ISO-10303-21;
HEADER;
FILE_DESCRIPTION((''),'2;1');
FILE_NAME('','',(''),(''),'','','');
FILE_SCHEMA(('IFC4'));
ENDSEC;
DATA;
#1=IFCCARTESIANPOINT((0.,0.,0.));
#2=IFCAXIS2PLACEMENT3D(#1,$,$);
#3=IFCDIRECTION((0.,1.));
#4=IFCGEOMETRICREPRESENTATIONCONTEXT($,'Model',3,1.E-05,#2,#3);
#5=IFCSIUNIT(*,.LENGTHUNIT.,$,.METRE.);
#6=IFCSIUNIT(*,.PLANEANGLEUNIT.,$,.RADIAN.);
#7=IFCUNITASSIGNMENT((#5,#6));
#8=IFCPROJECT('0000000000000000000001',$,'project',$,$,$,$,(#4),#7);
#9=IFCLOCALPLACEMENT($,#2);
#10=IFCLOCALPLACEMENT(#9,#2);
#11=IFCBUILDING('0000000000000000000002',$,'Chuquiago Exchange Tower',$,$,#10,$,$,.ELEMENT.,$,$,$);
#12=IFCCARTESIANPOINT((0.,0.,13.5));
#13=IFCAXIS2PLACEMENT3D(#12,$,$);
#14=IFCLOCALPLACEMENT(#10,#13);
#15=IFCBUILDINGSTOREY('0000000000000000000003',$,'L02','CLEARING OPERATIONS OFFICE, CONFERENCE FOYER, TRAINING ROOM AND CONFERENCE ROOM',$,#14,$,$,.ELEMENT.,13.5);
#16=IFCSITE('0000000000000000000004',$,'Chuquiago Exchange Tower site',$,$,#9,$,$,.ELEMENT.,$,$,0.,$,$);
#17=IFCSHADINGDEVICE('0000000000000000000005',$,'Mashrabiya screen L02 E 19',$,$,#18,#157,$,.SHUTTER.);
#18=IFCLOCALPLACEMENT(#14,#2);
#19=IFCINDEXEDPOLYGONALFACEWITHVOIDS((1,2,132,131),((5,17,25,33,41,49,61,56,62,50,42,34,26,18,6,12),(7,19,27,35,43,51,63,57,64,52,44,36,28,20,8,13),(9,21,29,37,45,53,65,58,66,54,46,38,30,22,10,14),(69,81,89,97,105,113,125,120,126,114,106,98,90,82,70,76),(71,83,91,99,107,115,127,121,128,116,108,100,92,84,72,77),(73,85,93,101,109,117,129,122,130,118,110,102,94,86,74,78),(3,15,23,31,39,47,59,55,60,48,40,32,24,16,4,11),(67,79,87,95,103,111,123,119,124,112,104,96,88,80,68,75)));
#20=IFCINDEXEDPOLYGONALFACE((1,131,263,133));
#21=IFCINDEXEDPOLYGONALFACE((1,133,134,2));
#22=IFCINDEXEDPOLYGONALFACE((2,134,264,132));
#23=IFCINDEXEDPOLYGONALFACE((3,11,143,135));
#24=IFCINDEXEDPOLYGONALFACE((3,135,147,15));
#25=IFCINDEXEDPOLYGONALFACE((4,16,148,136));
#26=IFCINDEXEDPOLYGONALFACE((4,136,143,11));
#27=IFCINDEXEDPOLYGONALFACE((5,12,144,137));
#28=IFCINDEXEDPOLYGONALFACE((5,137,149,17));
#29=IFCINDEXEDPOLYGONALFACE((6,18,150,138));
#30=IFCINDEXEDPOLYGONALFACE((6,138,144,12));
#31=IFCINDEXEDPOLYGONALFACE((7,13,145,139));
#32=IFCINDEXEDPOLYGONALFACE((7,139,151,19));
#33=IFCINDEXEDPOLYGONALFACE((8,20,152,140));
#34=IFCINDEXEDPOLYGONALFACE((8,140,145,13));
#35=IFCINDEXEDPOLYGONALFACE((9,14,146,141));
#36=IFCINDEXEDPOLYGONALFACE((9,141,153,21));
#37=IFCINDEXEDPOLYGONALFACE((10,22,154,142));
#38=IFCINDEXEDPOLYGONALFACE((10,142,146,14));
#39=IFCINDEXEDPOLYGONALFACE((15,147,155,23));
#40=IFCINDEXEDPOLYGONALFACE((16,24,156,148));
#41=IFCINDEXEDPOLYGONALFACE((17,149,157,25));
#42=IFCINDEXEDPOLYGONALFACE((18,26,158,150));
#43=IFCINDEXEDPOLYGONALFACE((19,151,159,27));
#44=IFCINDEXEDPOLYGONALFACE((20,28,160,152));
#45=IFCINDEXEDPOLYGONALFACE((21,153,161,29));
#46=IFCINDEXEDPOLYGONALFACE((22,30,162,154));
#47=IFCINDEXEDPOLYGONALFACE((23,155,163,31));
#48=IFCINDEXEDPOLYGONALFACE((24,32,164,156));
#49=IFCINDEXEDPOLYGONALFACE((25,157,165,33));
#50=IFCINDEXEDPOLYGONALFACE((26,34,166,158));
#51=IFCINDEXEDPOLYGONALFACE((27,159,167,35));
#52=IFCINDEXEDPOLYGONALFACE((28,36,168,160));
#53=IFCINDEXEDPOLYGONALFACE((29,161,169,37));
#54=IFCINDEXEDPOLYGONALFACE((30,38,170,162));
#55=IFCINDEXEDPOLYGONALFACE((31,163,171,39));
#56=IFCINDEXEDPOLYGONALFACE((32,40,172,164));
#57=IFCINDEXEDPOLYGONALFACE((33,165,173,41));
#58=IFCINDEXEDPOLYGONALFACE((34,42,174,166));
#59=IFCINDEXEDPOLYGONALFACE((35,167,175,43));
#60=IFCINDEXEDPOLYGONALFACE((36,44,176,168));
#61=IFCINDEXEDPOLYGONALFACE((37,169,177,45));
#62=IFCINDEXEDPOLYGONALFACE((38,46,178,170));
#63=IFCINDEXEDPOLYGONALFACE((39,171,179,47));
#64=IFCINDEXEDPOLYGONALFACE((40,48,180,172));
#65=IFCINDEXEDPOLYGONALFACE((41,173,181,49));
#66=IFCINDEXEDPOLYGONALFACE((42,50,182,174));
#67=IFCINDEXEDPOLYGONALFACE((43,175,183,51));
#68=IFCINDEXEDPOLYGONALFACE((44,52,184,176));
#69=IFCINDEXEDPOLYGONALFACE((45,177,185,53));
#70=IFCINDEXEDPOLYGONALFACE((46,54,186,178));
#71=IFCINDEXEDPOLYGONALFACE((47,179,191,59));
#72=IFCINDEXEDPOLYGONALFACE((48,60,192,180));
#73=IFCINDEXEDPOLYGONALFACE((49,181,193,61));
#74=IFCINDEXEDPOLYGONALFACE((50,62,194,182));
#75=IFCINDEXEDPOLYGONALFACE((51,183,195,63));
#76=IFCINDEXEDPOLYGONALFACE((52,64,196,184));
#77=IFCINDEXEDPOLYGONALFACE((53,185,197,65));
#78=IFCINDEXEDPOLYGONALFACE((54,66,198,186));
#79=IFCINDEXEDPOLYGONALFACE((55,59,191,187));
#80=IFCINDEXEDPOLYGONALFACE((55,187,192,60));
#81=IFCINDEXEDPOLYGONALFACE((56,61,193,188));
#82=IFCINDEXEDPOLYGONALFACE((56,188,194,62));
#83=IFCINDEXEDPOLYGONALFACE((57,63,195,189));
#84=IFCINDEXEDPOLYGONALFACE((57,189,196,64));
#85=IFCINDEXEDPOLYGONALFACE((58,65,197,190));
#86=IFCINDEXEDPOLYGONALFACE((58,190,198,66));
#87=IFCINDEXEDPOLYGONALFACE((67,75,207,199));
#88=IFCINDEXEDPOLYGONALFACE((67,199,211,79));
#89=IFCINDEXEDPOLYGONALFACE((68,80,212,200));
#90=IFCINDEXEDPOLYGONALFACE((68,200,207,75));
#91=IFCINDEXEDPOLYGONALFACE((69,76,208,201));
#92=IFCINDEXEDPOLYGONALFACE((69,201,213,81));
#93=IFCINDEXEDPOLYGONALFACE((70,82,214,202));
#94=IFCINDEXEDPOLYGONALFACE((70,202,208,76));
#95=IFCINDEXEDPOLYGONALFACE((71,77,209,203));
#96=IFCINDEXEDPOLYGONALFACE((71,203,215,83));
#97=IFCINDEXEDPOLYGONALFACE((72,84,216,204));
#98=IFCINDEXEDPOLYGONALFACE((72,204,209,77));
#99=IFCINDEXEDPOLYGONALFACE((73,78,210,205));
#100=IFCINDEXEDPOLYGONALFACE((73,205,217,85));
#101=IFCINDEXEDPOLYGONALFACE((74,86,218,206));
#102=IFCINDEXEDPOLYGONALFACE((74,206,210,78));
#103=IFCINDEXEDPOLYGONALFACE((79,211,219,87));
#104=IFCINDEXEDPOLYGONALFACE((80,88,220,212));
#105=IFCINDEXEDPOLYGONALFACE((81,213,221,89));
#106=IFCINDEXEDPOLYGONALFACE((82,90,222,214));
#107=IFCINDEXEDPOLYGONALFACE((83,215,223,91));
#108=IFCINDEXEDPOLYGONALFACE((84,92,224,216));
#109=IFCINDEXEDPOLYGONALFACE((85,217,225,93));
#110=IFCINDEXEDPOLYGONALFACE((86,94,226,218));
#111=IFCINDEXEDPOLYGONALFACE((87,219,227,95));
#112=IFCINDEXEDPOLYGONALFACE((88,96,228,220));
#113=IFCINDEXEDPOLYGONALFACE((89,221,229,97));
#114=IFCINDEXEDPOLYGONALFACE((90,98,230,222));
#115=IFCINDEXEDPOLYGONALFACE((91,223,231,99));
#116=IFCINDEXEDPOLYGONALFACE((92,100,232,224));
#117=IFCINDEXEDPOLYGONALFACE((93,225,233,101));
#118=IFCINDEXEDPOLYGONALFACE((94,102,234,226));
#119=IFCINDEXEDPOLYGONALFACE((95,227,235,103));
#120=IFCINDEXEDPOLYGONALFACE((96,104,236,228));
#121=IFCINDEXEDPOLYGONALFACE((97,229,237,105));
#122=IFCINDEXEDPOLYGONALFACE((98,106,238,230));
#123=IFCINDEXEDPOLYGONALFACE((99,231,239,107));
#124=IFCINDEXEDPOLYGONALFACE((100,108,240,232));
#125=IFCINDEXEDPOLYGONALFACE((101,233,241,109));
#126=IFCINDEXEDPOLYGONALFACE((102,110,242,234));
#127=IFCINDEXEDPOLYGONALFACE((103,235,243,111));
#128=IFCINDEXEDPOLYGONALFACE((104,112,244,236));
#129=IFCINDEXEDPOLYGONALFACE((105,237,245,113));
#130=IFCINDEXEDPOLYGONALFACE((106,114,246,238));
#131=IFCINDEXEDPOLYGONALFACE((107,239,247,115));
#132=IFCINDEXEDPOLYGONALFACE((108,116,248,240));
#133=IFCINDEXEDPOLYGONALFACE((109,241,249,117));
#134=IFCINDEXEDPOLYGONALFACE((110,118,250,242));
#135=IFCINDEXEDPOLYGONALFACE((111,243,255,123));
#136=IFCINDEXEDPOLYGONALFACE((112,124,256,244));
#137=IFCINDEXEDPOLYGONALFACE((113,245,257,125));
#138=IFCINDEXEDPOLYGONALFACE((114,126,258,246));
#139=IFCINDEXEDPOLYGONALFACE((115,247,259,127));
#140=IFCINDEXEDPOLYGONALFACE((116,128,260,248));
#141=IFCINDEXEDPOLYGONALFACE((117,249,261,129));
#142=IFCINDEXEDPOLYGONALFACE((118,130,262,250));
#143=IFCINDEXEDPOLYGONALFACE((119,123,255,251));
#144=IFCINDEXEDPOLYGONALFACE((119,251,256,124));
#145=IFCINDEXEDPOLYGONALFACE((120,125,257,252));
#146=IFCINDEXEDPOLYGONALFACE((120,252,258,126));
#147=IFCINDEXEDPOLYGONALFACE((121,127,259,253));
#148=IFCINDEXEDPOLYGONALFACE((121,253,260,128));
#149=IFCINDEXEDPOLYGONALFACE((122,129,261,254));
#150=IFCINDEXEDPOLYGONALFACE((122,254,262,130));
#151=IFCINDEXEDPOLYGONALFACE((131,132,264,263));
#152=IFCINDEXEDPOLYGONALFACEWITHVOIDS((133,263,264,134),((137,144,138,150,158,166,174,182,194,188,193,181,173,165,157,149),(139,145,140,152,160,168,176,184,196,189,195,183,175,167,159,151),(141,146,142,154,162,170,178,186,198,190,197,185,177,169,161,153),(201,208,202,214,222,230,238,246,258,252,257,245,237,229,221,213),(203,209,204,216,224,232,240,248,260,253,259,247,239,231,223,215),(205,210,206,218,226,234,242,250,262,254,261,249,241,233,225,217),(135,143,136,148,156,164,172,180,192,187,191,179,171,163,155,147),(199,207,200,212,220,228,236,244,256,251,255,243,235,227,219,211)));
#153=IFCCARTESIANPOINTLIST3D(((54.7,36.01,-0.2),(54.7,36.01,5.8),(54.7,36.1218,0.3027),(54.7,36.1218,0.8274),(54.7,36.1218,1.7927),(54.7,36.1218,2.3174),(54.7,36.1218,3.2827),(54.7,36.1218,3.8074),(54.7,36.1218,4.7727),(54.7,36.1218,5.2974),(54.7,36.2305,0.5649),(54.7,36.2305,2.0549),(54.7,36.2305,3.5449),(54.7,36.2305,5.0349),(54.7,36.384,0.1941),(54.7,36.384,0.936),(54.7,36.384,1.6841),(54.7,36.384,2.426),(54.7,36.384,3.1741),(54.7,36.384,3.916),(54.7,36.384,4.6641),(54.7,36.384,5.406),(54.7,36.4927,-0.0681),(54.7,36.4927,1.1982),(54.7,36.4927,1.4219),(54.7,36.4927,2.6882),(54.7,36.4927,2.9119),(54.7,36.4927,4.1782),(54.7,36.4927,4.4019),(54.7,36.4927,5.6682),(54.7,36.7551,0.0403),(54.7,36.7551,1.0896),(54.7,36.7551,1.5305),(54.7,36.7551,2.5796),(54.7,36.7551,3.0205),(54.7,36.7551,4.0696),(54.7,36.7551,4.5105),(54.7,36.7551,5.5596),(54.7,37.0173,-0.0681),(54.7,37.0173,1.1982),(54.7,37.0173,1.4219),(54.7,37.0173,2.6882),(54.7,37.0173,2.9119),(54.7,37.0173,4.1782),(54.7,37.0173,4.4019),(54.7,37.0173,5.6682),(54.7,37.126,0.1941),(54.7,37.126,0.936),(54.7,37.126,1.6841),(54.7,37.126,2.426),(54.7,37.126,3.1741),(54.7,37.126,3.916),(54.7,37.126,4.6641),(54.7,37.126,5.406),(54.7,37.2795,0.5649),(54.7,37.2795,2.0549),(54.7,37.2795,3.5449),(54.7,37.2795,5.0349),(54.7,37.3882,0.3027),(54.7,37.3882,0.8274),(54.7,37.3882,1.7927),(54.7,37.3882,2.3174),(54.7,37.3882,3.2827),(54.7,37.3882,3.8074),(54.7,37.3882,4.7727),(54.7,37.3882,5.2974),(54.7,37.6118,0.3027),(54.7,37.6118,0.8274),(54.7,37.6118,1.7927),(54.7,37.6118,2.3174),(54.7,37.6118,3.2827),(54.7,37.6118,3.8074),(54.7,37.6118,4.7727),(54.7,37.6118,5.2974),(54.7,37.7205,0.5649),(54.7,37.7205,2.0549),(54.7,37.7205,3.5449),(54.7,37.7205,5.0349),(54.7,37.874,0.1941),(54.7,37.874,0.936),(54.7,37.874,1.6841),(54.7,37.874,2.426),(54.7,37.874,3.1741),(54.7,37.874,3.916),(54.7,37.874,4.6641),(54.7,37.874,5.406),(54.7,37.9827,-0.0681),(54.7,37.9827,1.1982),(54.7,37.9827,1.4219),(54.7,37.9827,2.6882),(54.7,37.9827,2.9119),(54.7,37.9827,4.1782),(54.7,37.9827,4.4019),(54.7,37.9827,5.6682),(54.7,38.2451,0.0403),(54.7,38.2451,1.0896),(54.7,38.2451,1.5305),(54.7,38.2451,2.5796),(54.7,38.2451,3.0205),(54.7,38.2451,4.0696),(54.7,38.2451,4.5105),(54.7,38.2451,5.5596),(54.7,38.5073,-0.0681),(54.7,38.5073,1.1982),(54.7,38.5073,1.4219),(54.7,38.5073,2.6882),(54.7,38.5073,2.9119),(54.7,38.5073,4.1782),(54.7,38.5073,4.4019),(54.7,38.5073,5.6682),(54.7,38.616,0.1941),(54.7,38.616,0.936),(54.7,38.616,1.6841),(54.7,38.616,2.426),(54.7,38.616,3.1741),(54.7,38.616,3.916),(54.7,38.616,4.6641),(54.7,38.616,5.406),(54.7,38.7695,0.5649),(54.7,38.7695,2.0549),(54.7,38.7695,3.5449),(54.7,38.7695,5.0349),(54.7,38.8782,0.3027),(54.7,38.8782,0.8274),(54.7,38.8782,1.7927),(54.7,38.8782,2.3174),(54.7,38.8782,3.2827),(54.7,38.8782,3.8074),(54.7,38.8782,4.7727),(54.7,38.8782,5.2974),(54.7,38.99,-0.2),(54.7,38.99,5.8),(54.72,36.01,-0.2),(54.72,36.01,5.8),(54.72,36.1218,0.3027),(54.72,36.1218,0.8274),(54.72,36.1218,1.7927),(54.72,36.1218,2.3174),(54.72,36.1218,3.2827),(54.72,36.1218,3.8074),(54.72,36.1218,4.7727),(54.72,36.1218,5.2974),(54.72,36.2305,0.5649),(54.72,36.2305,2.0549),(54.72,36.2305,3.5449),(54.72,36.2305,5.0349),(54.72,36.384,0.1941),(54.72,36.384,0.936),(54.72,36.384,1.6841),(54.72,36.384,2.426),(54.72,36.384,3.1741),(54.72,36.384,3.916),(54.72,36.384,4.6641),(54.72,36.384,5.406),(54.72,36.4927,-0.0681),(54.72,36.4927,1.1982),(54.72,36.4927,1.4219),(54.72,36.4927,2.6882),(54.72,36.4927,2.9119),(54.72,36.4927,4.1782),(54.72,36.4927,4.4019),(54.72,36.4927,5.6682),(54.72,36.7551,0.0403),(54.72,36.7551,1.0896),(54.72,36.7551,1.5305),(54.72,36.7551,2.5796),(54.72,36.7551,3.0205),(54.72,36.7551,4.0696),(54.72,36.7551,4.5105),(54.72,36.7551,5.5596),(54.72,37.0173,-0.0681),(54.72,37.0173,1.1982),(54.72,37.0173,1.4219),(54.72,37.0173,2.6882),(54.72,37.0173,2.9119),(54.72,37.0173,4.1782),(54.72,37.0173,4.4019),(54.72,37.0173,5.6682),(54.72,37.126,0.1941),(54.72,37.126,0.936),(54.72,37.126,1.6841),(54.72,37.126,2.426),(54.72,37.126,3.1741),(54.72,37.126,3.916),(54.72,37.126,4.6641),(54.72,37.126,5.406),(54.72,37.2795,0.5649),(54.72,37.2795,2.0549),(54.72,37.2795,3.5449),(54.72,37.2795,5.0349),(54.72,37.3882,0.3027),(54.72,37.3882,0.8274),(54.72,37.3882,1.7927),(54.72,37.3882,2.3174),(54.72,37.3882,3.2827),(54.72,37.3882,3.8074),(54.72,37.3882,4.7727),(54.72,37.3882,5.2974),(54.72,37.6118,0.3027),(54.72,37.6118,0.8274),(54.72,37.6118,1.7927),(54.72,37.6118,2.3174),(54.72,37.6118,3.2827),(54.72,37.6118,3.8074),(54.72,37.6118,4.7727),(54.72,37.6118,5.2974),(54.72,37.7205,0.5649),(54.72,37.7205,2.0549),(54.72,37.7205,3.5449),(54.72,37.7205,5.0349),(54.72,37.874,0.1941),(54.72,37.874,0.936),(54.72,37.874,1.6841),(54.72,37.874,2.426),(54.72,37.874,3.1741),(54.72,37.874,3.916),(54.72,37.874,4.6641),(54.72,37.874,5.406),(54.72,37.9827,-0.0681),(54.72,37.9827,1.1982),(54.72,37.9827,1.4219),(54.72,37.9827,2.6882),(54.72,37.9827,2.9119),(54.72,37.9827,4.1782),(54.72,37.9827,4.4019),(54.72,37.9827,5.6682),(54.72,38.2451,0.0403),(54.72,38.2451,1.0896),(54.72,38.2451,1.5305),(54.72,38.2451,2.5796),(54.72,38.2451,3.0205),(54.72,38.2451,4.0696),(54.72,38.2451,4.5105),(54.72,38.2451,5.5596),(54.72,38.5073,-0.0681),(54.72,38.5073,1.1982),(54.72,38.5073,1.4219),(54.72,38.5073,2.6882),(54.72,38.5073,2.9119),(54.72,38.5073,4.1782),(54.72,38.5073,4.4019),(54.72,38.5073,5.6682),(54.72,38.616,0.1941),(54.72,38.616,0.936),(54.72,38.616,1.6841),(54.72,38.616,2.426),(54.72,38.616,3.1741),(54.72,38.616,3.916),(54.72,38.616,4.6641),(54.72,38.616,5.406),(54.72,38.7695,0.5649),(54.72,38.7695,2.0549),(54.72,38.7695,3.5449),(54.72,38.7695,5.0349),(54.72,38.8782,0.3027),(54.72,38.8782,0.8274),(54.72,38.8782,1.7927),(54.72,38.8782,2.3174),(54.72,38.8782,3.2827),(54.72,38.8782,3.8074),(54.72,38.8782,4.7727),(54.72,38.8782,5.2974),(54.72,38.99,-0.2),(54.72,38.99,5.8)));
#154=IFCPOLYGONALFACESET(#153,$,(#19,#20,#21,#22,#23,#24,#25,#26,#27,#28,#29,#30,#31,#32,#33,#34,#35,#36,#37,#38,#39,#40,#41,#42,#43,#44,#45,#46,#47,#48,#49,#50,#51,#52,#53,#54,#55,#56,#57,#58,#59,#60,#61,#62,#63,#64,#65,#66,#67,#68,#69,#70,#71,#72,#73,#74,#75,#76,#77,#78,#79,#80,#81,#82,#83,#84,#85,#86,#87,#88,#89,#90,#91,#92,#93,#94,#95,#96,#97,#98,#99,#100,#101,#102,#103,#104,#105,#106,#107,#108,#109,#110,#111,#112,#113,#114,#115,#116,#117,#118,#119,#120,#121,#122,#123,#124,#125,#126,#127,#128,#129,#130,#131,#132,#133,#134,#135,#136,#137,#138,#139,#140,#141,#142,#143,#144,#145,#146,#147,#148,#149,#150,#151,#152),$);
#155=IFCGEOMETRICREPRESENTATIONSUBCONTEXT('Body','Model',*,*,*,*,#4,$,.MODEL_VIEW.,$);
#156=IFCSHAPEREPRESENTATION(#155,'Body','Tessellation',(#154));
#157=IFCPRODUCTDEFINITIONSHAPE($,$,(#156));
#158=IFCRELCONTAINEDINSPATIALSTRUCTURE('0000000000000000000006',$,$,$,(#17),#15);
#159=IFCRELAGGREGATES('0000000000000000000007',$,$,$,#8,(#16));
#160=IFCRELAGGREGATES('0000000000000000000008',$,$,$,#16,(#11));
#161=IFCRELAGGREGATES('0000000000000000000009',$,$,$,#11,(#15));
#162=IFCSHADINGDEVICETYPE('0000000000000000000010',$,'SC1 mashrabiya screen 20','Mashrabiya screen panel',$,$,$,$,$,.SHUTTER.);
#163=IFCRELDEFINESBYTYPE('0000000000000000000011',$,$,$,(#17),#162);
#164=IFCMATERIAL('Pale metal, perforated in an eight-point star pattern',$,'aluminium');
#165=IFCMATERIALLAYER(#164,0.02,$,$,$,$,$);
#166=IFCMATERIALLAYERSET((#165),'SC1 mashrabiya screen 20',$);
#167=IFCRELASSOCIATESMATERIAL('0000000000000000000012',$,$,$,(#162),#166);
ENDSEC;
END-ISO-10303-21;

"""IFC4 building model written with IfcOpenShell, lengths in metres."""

from ifc_helpers import new_model, si_unit, direction, frame, origin, place, context, subcontext, project, spatial, polyline, outline, extrude, material, layer, layer_set, type_object, element, save


model = new_model("IFC4")

# Units and contexts
model_context = context("Model", 3, precision=1e-05, world=origin(), true_north=direction((0.0, 1.0)))
body_context = subcontext(model_context, "Body", "Model", "MODEL_VIEW")
ifc_project = project(units=[si_unit("LENGTHUNIT", "METRE"), si_unit("PLANEANGLEUNIT", "RADIAN")], contexts=[model_context])

# Site, building, storey
site_placement = place(None, origin())
site = spatial("IfcSite", under=ifc_project, at=site_placement, Name="Chuquiago Exchange Tower site", CompositionType="ELEMENT", RefElevation=0.0)
building_placement = place(site_placement, origin())
building = spatial("IfcBuilding", under=site, at=building_placement, Name="Chuquiago Exchange Tower", CompositionType="ELEMENT")
storey_placement = place(building_placement, frame((0.0, 0.0, 13.5)))
storey = spatial("IfcBuildingStorey", under=building, at=storey_placement, Name="L02", Description="CLEARING OPERATIONS OFFICE, CONFERENCE FOYER, TRAINING ROOM AND CONFERENCE ROOM", CompositionType="ELEMENT", Elevation=13.5)

# Shading device
ifc_material_1 = material(Name="Pale metal, perforated in an eight-point star pattern", Category="aluminium")
ifc_layer_1 = layer(ifc_material_1, 0.02)
ifc_layer_set_1 = layer_set([ifc_layer_1], Name="SC1 mashrabiya screen 20")
shading_device_type = type_object("IfcShadingDeviceType", Name="SC1 mashrabiya screen 20", Description="Mashrabiya screen panel", PredefinedType="SHUTTER", material=ifc_layer_set_1)
shading_device_1_placement = place(storey_placement, frame((54.7, 36.01, -0.2), z_axis=(0.0, 0.0, 1.0), x_axis=(0.0, 1.0, 0.0)))
element("IfcShadingDevice", 1, at=shading_device_1_placement, inside=storey, type_object=shading_device_type, Name="Mashrabiya screen L02 E 19", PredefinedType="SHUTTER", context=body_context, shape_type="SweptSolid", body=[
    extrude(outline(polyline([(0.0, 0.0), (2.98, 0.0), (2.98, 6.0), (0.0, 6.0), (0.0, 0.0)]), holes=[polyline([(1.2695, 0.7649), (1.3782, 1.0273), (1.116, 1.136), (1.0073, 1.3982), (0.7451, 1.2896), (0.4827, 1.3982), (0.374, 1.136), (0.1118, 1.0273), (0.2205, 0.7649), (0.1118, 0.5027), (0.374, 0.394), (0.4827, 0.1318), (0.7451, 0.2402), (1.0073, 0.1318), (1.116, 0.394), (1.3782, 0.5027), (1.2695, 0.7649)]), polyline([(2.7595, 0.7649), (2.8682, 1.0273), (2.606, 1.136), (2.4973, 1.3982), (2.2351, 1.2896), (1.9727, 1.3982), (1.864, 1.136), (1.6018, 1.0273), (1.7104, 0.7649), (1.6018, 0.5027), (1.864, 0.394), (1.9727, 0.1318), (2.2351, 0.2402), (2.4973, 0.1318), (2.606, 0.394), (2.8682, 0.5027), (2.7595, 0.7649)]), polyline([(1.2695, 2.2549), (1.3782, 2.5173), (1.116, 2.626), (1.0073, 2.8882), (0.7451, 2.7795), (0.4827, 2.8882), (0.374, 2.626), (0.1118, 2.5173), (0.2205, 2.2549), (0.1118, 1.9927), (0.374, 1.884), (0.4827, 1.6218), (0.7451, 1.7305), (1.0073, 1.6218), (1.116, 1.884), (1.3782, 1.9927), (1.2695, 2.2549)]), polyline([(2.7595, 2.2549), (2.8682, 2.5173), (2.606, 2.626), (2.4973, 2.8882), (2.2351, 2.7795), (1.9727, 2.8882), (1.864, 2.626), (1.6018, 2.5173), (1.7104, 2.2549), (1.6018, 1.9927), (1.864, 1.884), (1.9727, 1.6218), (2.2351, 1.7305), (2.4973, 1.6218), (2.606, 1.884), (2.8682, 1.9927), (2.7595, 2.2549)]), polyline([(1.2695, 3.7449), (1.3782, 4.0073), (1.116, 4.116), (1.0073, 4.3782), (0.7451, 4.2695), (0.4827, 4.3782), (0.374, 4.116), (0.1118, 4.0073), (0.2205, 3.7449), (0.1118, 3.4827), (0.374, 3.374), (0.4827, 3.1118), (0.7451, 3.2205), (1.0073, 3.1118), (1.116, 3.374), (1.3782, 3.4827), (1.2695, 3.7449)]), polyline([(2.7595, 3.7449), (2.8682, 4.0073), (2.606, 4.116), (2.4973, 4.3782), (2.2351, 4.2695), (1.9727, 4.3782), (1.864, 4.116), (1.6018, 4.0073), (1.7104, 3.7449), (1.6018, 3.4827), (1.864, 3.374), (1.9727, 3.1118), (2.2351, 3.2205), (2.4973, 3.1118), (2.606, 3.374), (2.8682, 3.4827), (2.7595, 3.7449)]), polyline([(1.2695, 5.2349), (1.3782, 5.4973), (1.116, 5.606), (1.0073, 5.8682), (0.7451, 5.7595), (0.4827, 5.8682), (0.374, 5.606), (0.1118, 5.4973), (0.2205, 5.2349), (0.1118, 4.9727), (0.374, 4.864), (0.4827, 4.6018), (0.7451, 4.7104), (1.0073, 4.6018), (1.116, 4.864), (1.3782, 4.9727), (1.2695, 5.2349)]), polyline([(2.7595, 5.2349), (2.8682, 5.4973), (2.606, 5.606), (2.4973, 5.8682), (2.2351, 5.7595), (1.9727, 5.8682), (1.864, 5.606), (1.6018, 5.4973), (1.7104, 5.2349), (1.6018, 4.9727), (1.864, 4.864), (1.9727, 4.6018), (2.2351, 4.7104), (2.4973, 4.6018), (2.606, 4.864), (2.8682, 4.9727), (2.7595, 5.2349)])]), frame((0.0, 0.0, 0.0), z_axis=(0.0, -1.0, 0.0), x_axis=(1.0, 0.0, 0.0)), (0.0, 0.0, 1.0), 0.02),
])

save(model, "model.ifc")
